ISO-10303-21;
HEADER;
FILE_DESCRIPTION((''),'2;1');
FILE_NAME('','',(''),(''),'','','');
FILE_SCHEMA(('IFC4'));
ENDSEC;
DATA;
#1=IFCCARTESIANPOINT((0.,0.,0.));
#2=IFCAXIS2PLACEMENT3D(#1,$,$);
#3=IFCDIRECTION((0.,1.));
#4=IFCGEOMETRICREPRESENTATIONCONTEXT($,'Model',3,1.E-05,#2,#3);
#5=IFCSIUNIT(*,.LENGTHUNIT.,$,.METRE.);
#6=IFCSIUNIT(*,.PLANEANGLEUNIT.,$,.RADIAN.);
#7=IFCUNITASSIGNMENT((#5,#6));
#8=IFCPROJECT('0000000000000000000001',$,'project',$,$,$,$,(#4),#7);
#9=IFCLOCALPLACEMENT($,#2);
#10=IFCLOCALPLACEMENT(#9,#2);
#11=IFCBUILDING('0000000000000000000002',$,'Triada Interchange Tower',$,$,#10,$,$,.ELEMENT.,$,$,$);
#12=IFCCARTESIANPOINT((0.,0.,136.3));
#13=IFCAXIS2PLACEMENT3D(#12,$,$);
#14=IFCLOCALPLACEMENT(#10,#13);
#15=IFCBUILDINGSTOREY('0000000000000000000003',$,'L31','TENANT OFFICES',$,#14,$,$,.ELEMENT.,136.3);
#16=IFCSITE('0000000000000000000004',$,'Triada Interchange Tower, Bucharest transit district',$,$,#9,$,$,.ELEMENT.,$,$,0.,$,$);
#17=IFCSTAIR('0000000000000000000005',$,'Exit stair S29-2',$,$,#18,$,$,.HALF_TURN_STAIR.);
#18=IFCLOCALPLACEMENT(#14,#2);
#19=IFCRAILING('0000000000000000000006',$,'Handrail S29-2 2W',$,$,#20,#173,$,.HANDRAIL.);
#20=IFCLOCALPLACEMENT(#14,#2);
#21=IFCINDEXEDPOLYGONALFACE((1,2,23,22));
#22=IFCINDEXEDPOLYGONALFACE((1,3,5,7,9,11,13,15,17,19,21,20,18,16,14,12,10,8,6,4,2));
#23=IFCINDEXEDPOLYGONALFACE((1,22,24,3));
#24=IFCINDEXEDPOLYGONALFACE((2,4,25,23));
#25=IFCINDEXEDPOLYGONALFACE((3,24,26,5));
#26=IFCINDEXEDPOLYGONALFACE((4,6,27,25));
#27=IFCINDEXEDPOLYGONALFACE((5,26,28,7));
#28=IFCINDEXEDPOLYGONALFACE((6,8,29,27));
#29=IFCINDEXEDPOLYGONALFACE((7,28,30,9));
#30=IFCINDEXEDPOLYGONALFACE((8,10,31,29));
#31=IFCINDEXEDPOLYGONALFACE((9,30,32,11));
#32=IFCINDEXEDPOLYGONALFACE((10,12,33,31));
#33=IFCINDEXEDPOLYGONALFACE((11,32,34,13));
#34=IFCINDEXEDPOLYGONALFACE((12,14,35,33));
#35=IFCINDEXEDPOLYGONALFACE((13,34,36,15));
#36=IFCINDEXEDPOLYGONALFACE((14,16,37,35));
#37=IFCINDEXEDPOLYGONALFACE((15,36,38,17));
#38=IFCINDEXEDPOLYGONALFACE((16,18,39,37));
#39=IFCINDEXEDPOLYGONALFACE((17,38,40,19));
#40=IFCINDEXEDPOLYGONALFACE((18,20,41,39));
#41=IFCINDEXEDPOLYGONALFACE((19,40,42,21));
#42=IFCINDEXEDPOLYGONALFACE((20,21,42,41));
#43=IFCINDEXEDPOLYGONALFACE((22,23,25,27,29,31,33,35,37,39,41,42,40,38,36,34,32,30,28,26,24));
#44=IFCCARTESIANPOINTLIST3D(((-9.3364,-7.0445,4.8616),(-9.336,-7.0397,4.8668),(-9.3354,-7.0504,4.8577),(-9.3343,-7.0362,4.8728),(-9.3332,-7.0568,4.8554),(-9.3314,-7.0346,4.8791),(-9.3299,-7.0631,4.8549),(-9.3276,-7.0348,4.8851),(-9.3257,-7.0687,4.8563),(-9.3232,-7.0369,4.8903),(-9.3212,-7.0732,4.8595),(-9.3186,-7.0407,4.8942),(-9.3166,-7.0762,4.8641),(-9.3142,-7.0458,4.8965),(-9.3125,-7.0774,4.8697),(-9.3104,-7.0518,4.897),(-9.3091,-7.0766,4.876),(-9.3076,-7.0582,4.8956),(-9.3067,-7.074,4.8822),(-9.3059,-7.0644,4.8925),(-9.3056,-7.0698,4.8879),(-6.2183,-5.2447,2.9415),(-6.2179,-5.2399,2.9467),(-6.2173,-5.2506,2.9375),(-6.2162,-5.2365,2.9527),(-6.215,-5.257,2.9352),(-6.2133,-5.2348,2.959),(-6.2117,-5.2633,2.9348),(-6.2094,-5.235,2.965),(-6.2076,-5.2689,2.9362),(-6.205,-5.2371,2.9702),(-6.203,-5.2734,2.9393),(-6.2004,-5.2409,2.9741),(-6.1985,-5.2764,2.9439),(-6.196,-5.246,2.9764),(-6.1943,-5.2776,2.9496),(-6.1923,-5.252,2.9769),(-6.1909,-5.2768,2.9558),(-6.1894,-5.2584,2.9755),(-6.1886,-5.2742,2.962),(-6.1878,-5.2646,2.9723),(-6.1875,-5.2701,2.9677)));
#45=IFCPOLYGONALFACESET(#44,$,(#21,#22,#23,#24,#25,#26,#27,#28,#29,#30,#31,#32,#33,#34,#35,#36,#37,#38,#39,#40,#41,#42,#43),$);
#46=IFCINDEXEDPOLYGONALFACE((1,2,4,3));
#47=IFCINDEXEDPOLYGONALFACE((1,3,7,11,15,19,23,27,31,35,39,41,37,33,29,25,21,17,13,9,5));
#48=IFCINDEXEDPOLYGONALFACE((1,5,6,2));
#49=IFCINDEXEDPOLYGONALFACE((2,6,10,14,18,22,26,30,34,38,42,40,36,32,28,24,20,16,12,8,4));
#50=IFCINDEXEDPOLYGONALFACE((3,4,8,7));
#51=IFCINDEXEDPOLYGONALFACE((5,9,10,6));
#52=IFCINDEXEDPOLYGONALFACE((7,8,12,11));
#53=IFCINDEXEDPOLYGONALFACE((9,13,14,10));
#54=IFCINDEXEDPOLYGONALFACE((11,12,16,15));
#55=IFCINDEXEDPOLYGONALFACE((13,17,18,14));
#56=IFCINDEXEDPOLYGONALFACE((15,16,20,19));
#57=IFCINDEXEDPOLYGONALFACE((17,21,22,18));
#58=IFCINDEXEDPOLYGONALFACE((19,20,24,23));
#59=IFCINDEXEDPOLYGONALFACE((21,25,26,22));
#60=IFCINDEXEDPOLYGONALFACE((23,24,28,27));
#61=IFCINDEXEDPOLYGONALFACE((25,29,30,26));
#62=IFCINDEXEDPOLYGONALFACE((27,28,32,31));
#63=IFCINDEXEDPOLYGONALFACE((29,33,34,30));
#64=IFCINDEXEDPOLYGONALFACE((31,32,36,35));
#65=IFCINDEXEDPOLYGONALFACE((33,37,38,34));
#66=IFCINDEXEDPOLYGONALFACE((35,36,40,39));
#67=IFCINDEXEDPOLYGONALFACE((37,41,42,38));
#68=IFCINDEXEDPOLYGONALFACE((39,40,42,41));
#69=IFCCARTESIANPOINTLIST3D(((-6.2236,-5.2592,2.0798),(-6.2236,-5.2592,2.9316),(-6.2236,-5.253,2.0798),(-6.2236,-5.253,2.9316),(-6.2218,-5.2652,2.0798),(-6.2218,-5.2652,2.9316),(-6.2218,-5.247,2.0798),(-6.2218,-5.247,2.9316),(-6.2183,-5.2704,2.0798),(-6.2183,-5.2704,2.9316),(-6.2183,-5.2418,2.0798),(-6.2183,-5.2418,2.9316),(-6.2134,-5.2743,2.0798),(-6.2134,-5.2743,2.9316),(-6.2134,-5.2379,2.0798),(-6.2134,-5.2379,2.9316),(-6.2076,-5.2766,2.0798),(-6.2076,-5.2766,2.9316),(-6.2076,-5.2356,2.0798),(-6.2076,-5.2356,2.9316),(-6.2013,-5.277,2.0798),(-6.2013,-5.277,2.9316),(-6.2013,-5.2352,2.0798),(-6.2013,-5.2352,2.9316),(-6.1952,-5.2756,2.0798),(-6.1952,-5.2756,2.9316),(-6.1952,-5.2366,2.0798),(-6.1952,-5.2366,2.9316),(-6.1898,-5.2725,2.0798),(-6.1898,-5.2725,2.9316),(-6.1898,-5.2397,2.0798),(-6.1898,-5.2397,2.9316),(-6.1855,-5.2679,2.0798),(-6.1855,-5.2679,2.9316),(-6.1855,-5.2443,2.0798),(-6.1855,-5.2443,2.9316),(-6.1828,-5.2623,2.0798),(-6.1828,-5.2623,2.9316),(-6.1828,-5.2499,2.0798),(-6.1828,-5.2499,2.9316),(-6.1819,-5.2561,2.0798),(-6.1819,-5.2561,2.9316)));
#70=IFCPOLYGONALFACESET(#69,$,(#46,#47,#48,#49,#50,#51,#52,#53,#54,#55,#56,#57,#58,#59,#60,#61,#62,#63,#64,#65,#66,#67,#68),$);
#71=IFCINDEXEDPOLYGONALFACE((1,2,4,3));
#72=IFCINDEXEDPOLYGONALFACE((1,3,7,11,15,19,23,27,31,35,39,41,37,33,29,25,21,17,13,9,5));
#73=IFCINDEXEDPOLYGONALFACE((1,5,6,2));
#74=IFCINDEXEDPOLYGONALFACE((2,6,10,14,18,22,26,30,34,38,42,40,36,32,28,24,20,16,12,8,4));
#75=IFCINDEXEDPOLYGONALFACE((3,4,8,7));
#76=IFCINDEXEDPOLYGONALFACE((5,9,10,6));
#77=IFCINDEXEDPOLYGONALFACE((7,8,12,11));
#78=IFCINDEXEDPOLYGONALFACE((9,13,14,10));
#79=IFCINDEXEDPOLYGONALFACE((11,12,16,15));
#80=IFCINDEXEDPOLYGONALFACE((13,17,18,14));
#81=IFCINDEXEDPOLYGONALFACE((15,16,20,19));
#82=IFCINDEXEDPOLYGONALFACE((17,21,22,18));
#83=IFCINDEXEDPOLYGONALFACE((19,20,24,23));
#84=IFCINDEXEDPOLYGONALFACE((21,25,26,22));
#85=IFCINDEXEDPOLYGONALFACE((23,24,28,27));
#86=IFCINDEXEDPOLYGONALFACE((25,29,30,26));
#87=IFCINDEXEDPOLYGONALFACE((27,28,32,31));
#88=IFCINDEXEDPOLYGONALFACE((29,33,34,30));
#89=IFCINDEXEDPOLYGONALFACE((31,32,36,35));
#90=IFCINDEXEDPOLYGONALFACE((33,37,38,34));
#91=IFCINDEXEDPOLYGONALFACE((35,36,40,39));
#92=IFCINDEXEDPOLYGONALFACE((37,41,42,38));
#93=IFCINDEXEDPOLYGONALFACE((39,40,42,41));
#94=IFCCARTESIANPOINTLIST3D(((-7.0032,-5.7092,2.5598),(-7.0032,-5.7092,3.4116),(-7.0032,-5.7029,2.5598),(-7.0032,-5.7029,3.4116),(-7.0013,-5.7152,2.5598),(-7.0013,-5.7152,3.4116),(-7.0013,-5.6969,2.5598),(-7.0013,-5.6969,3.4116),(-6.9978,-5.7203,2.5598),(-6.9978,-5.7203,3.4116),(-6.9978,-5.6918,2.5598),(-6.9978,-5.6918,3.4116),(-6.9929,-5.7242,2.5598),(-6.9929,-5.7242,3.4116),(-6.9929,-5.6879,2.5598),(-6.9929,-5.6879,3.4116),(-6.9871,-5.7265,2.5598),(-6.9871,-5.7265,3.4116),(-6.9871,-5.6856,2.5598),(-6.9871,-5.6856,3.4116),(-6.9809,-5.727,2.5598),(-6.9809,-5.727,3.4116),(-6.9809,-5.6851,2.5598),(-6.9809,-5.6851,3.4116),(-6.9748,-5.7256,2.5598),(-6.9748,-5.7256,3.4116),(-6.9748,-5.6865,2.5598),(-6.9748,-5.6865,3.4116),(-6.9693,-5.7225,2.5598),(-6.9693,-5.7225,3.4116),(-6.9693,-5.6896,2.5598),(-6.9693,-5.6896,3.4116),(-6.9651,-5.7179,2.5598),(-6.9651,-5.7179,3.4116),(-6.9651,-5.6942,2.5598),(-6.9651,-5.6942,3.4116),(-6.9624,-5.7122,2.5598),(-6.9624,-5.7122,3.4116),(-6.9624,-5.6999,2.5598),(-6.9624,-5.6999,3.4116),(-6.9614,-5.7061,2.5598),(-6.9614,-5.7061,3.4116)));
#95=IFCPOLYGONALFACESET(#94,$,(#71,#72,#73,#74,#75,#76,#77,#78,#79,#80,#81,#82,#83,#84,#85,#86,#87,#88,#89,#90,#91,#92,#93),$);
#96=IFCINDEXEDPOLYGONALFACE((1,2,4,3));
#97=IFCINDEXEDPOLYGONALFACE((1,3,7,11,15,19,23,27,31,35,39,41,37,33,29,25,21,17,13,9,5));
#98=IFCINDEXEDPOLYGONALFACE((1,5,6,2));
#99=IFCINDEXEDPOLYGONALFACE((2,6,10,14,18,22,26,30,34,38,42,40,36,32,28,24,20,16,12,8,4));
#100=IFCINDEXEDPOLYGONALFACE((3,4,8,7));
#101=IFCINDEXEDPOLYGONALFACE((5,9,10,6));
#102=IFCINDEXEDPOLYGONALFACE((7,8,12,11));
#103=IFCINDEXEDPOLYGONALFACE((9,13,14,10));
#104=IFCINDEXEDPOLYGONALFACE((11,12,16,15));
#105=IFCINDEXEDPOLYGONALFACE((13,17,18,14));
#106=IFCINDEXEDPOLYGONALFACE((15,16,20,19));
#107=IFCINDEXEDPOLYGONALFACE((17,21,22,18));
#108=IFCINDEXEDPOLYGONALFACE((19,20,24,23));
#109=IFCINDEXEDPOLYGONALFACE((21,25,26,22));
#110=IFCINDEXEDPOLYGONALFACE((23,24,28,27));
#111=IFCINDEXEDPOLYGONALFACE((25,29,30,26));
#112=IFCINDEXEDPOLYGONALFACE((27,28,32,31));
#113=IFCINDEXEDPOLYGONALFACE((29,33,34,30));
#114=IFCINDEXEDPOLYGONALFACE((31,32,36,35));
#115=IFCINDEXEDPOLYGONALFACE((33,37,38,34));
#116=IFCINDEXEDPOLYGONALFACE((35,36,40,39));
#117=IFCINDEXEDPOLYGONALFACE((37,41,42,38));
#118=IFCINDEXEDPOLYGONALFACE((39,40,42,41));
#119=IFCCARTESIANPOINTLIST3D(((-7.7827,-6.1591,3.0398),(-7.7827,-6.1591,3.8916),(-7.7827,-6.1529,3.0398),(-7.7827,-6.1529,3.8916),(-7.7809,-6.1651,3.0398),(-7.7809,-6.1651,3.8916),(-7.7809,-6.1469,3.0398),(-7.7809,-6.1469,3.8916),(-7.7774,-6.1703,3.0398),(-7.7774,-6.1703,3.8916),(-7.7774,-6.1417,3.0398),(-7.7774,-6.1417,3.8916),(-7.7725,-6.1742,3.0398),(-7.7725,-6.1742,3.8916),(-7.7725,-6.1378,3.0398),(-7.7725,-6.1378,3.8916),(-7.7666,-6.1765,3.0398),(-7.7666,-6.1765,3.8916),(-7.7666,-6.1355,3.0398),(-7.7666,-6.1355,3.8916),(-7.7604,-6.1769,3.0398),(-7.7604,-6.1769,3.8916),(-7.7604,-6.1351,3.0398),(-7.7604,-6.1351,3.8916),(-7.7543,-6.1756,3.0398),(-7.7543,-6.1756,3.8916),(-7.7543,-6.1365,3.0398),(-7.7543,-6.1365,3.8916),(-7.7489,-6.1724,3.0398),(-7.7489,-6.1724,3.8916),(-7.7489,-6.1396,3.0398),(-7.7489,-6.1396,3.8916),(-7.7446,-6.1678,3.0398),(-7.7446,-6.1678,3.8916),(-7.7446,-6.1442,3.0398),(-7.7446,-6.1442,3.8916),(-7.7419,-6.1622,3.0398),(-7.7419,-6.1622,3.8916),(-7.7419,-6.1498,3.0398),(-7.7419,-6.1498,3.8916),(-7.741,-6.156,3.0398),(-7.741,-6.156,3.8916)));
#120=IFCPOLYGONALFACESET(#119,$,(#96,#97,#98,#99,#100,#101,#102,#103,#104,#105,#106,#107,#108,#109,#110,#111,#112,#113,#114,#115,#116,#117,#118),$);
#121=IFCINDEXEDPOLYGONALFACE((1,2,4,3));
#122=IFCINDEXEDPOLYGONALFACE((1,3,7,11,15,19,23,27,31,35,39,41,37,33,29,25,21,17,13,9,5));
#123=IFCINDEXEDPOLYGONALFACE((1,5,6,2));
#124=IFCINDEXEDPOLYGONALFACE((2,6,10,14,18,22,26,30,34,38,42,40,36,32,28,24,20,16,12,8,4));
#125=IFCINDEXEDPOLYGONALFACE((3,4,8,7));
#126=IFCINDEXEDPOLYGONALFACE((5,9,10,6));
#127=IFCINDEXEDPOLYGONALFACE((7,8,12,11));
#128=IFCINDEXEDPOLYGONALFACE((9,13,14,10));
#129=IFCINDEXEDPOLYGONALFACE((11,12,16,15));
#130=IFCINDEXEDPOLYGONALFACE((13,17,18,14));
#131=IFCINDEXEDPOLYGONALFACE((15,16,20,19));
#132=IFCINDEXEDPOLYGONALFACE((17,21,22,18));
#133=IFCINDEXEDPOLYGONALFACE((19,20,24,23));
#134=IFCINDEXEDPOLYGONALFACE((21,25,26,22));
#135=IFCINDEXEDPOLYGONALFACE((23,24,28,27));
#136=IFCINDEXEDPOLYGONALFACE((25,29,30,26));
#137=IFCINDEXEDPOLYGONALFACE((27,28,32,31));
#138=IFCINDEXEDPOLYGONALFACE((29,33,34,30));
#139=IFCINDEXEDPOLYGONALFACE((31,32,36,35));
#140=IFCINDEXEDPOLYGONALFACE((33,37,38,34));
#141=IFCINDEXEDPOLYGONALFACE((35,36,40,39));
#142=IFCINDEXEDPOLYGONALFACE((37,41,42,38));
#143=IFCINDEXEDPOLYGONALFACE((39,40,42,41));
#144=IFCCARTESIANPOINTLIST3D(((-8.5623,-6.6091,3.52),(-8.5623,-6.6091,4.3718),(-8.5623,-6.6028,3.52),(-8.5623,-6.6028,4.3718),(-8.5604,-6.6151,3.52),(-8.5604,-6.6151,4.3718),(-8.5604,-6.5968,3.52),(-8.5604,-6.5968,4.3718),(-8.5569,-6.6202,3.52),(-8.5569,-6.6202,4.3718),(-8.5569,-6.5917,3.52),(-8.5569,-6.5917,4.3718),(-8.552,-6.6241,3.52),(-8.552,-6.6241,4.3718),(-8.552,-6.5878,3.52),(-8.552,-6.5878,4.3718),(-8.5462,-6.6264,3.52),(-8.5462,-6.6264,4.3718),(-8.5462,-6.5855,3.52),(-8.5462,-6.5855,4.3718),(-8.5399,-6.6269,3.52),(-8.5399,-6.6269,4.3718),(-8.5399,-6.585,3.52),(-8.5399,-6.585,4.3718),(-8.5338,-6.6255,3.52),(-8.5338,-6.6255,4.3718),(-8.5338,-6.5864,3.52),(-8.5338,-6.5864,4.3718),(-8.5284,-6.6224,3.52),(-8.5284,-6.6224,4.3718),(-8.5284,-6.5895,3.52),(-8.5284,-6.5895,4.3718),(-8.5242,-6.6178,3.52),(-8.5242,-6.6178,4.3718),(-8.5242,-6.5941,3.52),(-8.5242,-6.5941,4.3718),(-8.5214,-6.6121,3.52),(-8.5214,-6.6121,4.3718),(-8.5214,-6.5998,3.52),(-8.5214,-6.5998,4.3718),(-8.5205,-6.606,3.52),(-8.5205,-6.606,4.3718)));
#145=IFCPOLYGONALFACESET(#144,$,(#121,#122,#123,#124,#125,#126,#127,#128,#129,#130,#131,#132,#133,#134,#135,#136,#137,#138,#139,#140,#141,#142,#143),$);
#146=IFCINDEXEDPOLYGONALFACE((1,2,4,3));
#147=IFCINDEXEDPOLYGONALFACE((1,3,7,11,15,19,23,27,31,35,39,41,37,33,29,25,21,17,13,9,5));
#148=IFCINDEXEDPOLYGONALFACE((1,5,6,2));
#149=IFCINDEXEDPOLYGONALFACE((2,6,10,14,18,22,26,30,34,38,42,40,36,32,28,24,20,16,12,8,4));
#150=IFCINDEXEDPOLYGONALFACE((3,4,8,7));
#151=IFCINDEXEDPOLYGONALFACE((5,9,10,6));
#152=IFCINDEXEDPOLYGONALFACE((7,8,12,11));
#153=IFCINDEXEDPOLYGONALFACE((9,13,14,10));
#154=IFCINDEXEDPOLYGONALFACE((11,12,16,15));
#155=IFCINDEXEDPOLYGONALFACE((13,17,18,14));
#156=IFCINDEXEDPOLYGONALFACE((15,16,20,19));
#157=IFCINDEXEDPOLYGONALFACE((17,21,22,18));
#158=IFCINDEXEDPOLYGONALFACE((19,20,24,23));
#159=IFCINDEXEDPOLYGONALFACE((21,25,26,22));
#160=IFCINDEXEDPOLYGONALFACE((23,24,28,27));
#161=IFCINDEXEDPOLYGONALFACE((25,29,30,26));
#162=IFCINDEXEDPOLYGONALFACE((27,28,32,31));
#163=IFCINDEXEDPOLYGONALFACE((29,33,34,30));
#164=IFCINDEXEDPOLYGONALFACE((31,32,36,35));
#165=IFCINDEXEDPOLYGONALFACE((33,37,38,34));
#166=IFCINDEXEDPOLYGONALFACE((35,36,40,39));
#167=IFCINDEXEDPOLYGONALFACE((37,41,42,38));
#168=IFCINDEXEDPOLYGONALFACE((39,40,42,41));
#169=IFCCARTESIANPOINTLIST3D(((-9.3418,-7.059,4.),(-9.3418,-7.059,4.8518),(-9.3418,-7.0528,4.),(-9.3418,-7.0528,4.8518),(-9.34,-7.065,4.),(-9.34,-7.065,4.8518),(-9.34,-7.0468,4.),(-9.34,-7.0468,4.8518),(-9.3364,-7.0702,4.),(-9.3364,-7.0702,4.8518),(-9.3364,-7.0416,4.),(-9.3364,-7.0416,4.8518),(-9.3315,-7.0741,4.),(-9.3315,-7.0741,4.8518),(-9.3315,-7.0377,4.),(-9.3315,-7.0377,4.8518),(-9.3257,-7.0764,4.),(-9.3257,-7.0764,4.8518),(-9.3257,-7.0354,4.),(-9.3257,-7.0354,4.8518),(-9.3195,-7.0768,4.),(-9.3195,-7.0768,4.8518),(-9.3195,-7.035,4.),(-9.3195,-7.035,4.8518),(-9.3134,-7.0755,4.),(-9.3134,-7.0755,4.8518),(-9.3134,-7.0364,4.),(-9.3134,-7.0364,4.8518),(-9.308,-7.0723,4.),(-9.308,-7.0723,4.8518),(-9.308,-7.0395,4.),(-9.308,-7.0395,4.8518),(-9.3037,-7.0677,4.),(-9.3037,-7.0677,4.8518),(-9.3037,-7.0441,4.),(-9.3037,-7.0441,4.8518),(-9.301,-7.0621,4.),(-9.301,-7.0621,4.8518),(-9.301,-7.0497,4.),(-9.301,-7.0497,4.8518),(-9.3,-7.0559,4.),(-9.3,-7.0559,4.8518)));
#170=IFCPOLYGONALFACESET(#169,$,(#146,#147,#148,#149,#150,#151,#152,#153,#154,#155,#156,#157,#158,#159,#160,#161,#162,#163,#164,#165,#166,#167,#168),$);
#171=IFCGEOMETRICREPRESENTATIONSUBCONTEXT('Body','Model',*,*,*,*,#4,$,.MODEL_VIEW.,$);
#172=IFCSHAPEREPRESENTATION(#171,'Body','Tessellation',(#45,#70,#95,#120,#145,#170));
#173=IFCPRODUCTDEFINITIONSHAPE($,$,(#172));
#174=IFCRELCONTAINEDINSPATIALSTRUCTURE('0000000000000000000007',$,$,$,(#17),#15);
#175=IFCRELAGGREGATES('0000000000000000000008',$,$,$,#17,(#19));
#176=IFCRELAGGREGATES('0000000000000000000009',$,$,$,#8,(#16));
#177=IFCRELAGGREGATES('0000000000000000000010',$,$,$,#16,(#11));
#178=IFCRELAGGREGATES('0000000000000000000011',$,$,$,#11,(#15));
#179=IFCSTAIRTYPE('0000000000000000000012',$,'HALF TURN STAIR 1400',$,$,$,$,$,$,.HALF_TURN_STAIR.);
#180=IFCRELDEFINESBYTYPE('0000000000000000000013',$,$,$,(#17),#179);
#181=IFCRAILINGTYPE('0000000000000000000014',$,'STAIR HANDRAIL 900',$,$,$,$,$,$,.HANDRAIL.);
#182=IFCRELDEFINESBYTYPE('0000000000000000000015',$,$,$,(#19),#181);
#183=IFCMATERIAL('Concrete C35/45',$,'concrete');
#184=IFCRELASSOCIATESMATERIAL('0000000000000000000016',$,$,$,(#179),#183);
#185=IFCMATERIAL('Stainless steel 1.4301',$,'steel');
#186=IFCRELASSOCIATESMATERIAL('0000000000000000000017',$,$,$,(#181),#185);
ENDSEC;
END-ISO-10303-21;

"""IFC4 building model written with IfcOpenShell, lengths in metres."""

from ifc_helpers import new_model, si_unit, direction, frame, origin, origin_2d, place, context, subcontext, project, spatial, circle, extrude, material, type_object, element, aggregate, save


model = new_model("IFC4")

# Units and contexts
model_context = context("Model", 3, precision=1e-05, world=origin(), true_north=direction((0.0, 1.0)))
body_context = subcontext(model_context, "Body", "Model", "MODEL_VIEW")
ifc_project = project(units=[si_unit("LENGTHUNIT", "METRE"), si_unit("PLANEANGLEUNIT", "RADIAN")], contexts=[model_context])

# Site, building, storey
site_placement = place(None, origin())
site = spatial("IfcSite", under=ifc_project, at=site_placement, Name="Triada Interchange Tower, Bucharest transit district", CompositionType="ELEMENT", RefElevation=0.0)
building_placement = place(site_placement, origin())
building = spatial("IfcBuilding", under=site, at=building_placement, Name="Triada Interchange Tower", CompositionType="ELEMENT")
storey_placement = place(building_placement, frame((0.0, 0.0, 136.3)))
storey = spatial("IfcBuildingStorey", under=building, at=storey_placement, Name="L31", Description="TENANT OFFICES", CompositionType="ELEMENT", Elevation=136.3)

# Stair, railing
ifc_material_1 = material(Name="Concrete C35/45", Category="concrete")
stair_type = type_object("IfcStairType", Name="HALF TURN STAIR 1400", PredefinedType="HALF_TURN_STAIR", material=ifc_material_1)
stair_placement = place(storey_placement, origin())
stair = element("IfcStair", 1, at=stair_placement, inside=storey, type_object=stair_type, Name="Exit stair S29-2", PredefinedType="HALF_TURN_STAIR")
ifc_material_2 = material(Name="Stainless steel 1.4301", Category="steel")
railing_type = type_object("IfcRailingType", Name="STAIR HANDRAIL 900", PredefinedType="HANDRAIL", material=ifc_material_2)
railing_1_placement = place(storey_placement, frame((-6.2029, -5.2561, 2.0798)))
railing_1 = element("IfcRailing", 2, at=railing_1_placement, type_object=railing_type, Name="Handrail S29-2 2W", PredefinedType="HANDRAIL", context=body_context, shape_type="SweptSolid", body=[
    extrude(circle(Radius=0.0239, at=origin_2d()), frame((0.0, 0.0, 0.876), z_axis=(-0.76419, -0.44109, 0.470588), x_axis=(0.499902, -0.866082, 0.0)), (0.0, 0.0, 1.0), 4.0803),
    extrude(circle(Radius=0.021, at=origin_2d()), origin(), (0.0, 0.0, 1.0), 0.8518),
    extrude(circle(Radius=0.021, at=origin_2d()), frame((-0.7795, -0.45, 0.48)), (0.0, 0.0, 1.0), 0.8518),
    extrude(circle(Radius=0.021, at=origin_2d()), frame((-1.5591, -0.8999, 0.96)), (0.0, 0.0, 1.0), 0.8518),
    extrude(circle(Radius=0.021, at=origin_2d()), frame((-2.3386, -1.3499, 1.4402)), (0.0, 0.0, 1.0), 0.8518),
    extrude(circle(Radius=0.021, at=origin_2d()), frame((-3.1182, -1.7998, 1.9202)), (0.0, 0.0, 1.0), 0.8518),
])
aggregate(stair, [railing_1])

save(model, "model.ifc")
